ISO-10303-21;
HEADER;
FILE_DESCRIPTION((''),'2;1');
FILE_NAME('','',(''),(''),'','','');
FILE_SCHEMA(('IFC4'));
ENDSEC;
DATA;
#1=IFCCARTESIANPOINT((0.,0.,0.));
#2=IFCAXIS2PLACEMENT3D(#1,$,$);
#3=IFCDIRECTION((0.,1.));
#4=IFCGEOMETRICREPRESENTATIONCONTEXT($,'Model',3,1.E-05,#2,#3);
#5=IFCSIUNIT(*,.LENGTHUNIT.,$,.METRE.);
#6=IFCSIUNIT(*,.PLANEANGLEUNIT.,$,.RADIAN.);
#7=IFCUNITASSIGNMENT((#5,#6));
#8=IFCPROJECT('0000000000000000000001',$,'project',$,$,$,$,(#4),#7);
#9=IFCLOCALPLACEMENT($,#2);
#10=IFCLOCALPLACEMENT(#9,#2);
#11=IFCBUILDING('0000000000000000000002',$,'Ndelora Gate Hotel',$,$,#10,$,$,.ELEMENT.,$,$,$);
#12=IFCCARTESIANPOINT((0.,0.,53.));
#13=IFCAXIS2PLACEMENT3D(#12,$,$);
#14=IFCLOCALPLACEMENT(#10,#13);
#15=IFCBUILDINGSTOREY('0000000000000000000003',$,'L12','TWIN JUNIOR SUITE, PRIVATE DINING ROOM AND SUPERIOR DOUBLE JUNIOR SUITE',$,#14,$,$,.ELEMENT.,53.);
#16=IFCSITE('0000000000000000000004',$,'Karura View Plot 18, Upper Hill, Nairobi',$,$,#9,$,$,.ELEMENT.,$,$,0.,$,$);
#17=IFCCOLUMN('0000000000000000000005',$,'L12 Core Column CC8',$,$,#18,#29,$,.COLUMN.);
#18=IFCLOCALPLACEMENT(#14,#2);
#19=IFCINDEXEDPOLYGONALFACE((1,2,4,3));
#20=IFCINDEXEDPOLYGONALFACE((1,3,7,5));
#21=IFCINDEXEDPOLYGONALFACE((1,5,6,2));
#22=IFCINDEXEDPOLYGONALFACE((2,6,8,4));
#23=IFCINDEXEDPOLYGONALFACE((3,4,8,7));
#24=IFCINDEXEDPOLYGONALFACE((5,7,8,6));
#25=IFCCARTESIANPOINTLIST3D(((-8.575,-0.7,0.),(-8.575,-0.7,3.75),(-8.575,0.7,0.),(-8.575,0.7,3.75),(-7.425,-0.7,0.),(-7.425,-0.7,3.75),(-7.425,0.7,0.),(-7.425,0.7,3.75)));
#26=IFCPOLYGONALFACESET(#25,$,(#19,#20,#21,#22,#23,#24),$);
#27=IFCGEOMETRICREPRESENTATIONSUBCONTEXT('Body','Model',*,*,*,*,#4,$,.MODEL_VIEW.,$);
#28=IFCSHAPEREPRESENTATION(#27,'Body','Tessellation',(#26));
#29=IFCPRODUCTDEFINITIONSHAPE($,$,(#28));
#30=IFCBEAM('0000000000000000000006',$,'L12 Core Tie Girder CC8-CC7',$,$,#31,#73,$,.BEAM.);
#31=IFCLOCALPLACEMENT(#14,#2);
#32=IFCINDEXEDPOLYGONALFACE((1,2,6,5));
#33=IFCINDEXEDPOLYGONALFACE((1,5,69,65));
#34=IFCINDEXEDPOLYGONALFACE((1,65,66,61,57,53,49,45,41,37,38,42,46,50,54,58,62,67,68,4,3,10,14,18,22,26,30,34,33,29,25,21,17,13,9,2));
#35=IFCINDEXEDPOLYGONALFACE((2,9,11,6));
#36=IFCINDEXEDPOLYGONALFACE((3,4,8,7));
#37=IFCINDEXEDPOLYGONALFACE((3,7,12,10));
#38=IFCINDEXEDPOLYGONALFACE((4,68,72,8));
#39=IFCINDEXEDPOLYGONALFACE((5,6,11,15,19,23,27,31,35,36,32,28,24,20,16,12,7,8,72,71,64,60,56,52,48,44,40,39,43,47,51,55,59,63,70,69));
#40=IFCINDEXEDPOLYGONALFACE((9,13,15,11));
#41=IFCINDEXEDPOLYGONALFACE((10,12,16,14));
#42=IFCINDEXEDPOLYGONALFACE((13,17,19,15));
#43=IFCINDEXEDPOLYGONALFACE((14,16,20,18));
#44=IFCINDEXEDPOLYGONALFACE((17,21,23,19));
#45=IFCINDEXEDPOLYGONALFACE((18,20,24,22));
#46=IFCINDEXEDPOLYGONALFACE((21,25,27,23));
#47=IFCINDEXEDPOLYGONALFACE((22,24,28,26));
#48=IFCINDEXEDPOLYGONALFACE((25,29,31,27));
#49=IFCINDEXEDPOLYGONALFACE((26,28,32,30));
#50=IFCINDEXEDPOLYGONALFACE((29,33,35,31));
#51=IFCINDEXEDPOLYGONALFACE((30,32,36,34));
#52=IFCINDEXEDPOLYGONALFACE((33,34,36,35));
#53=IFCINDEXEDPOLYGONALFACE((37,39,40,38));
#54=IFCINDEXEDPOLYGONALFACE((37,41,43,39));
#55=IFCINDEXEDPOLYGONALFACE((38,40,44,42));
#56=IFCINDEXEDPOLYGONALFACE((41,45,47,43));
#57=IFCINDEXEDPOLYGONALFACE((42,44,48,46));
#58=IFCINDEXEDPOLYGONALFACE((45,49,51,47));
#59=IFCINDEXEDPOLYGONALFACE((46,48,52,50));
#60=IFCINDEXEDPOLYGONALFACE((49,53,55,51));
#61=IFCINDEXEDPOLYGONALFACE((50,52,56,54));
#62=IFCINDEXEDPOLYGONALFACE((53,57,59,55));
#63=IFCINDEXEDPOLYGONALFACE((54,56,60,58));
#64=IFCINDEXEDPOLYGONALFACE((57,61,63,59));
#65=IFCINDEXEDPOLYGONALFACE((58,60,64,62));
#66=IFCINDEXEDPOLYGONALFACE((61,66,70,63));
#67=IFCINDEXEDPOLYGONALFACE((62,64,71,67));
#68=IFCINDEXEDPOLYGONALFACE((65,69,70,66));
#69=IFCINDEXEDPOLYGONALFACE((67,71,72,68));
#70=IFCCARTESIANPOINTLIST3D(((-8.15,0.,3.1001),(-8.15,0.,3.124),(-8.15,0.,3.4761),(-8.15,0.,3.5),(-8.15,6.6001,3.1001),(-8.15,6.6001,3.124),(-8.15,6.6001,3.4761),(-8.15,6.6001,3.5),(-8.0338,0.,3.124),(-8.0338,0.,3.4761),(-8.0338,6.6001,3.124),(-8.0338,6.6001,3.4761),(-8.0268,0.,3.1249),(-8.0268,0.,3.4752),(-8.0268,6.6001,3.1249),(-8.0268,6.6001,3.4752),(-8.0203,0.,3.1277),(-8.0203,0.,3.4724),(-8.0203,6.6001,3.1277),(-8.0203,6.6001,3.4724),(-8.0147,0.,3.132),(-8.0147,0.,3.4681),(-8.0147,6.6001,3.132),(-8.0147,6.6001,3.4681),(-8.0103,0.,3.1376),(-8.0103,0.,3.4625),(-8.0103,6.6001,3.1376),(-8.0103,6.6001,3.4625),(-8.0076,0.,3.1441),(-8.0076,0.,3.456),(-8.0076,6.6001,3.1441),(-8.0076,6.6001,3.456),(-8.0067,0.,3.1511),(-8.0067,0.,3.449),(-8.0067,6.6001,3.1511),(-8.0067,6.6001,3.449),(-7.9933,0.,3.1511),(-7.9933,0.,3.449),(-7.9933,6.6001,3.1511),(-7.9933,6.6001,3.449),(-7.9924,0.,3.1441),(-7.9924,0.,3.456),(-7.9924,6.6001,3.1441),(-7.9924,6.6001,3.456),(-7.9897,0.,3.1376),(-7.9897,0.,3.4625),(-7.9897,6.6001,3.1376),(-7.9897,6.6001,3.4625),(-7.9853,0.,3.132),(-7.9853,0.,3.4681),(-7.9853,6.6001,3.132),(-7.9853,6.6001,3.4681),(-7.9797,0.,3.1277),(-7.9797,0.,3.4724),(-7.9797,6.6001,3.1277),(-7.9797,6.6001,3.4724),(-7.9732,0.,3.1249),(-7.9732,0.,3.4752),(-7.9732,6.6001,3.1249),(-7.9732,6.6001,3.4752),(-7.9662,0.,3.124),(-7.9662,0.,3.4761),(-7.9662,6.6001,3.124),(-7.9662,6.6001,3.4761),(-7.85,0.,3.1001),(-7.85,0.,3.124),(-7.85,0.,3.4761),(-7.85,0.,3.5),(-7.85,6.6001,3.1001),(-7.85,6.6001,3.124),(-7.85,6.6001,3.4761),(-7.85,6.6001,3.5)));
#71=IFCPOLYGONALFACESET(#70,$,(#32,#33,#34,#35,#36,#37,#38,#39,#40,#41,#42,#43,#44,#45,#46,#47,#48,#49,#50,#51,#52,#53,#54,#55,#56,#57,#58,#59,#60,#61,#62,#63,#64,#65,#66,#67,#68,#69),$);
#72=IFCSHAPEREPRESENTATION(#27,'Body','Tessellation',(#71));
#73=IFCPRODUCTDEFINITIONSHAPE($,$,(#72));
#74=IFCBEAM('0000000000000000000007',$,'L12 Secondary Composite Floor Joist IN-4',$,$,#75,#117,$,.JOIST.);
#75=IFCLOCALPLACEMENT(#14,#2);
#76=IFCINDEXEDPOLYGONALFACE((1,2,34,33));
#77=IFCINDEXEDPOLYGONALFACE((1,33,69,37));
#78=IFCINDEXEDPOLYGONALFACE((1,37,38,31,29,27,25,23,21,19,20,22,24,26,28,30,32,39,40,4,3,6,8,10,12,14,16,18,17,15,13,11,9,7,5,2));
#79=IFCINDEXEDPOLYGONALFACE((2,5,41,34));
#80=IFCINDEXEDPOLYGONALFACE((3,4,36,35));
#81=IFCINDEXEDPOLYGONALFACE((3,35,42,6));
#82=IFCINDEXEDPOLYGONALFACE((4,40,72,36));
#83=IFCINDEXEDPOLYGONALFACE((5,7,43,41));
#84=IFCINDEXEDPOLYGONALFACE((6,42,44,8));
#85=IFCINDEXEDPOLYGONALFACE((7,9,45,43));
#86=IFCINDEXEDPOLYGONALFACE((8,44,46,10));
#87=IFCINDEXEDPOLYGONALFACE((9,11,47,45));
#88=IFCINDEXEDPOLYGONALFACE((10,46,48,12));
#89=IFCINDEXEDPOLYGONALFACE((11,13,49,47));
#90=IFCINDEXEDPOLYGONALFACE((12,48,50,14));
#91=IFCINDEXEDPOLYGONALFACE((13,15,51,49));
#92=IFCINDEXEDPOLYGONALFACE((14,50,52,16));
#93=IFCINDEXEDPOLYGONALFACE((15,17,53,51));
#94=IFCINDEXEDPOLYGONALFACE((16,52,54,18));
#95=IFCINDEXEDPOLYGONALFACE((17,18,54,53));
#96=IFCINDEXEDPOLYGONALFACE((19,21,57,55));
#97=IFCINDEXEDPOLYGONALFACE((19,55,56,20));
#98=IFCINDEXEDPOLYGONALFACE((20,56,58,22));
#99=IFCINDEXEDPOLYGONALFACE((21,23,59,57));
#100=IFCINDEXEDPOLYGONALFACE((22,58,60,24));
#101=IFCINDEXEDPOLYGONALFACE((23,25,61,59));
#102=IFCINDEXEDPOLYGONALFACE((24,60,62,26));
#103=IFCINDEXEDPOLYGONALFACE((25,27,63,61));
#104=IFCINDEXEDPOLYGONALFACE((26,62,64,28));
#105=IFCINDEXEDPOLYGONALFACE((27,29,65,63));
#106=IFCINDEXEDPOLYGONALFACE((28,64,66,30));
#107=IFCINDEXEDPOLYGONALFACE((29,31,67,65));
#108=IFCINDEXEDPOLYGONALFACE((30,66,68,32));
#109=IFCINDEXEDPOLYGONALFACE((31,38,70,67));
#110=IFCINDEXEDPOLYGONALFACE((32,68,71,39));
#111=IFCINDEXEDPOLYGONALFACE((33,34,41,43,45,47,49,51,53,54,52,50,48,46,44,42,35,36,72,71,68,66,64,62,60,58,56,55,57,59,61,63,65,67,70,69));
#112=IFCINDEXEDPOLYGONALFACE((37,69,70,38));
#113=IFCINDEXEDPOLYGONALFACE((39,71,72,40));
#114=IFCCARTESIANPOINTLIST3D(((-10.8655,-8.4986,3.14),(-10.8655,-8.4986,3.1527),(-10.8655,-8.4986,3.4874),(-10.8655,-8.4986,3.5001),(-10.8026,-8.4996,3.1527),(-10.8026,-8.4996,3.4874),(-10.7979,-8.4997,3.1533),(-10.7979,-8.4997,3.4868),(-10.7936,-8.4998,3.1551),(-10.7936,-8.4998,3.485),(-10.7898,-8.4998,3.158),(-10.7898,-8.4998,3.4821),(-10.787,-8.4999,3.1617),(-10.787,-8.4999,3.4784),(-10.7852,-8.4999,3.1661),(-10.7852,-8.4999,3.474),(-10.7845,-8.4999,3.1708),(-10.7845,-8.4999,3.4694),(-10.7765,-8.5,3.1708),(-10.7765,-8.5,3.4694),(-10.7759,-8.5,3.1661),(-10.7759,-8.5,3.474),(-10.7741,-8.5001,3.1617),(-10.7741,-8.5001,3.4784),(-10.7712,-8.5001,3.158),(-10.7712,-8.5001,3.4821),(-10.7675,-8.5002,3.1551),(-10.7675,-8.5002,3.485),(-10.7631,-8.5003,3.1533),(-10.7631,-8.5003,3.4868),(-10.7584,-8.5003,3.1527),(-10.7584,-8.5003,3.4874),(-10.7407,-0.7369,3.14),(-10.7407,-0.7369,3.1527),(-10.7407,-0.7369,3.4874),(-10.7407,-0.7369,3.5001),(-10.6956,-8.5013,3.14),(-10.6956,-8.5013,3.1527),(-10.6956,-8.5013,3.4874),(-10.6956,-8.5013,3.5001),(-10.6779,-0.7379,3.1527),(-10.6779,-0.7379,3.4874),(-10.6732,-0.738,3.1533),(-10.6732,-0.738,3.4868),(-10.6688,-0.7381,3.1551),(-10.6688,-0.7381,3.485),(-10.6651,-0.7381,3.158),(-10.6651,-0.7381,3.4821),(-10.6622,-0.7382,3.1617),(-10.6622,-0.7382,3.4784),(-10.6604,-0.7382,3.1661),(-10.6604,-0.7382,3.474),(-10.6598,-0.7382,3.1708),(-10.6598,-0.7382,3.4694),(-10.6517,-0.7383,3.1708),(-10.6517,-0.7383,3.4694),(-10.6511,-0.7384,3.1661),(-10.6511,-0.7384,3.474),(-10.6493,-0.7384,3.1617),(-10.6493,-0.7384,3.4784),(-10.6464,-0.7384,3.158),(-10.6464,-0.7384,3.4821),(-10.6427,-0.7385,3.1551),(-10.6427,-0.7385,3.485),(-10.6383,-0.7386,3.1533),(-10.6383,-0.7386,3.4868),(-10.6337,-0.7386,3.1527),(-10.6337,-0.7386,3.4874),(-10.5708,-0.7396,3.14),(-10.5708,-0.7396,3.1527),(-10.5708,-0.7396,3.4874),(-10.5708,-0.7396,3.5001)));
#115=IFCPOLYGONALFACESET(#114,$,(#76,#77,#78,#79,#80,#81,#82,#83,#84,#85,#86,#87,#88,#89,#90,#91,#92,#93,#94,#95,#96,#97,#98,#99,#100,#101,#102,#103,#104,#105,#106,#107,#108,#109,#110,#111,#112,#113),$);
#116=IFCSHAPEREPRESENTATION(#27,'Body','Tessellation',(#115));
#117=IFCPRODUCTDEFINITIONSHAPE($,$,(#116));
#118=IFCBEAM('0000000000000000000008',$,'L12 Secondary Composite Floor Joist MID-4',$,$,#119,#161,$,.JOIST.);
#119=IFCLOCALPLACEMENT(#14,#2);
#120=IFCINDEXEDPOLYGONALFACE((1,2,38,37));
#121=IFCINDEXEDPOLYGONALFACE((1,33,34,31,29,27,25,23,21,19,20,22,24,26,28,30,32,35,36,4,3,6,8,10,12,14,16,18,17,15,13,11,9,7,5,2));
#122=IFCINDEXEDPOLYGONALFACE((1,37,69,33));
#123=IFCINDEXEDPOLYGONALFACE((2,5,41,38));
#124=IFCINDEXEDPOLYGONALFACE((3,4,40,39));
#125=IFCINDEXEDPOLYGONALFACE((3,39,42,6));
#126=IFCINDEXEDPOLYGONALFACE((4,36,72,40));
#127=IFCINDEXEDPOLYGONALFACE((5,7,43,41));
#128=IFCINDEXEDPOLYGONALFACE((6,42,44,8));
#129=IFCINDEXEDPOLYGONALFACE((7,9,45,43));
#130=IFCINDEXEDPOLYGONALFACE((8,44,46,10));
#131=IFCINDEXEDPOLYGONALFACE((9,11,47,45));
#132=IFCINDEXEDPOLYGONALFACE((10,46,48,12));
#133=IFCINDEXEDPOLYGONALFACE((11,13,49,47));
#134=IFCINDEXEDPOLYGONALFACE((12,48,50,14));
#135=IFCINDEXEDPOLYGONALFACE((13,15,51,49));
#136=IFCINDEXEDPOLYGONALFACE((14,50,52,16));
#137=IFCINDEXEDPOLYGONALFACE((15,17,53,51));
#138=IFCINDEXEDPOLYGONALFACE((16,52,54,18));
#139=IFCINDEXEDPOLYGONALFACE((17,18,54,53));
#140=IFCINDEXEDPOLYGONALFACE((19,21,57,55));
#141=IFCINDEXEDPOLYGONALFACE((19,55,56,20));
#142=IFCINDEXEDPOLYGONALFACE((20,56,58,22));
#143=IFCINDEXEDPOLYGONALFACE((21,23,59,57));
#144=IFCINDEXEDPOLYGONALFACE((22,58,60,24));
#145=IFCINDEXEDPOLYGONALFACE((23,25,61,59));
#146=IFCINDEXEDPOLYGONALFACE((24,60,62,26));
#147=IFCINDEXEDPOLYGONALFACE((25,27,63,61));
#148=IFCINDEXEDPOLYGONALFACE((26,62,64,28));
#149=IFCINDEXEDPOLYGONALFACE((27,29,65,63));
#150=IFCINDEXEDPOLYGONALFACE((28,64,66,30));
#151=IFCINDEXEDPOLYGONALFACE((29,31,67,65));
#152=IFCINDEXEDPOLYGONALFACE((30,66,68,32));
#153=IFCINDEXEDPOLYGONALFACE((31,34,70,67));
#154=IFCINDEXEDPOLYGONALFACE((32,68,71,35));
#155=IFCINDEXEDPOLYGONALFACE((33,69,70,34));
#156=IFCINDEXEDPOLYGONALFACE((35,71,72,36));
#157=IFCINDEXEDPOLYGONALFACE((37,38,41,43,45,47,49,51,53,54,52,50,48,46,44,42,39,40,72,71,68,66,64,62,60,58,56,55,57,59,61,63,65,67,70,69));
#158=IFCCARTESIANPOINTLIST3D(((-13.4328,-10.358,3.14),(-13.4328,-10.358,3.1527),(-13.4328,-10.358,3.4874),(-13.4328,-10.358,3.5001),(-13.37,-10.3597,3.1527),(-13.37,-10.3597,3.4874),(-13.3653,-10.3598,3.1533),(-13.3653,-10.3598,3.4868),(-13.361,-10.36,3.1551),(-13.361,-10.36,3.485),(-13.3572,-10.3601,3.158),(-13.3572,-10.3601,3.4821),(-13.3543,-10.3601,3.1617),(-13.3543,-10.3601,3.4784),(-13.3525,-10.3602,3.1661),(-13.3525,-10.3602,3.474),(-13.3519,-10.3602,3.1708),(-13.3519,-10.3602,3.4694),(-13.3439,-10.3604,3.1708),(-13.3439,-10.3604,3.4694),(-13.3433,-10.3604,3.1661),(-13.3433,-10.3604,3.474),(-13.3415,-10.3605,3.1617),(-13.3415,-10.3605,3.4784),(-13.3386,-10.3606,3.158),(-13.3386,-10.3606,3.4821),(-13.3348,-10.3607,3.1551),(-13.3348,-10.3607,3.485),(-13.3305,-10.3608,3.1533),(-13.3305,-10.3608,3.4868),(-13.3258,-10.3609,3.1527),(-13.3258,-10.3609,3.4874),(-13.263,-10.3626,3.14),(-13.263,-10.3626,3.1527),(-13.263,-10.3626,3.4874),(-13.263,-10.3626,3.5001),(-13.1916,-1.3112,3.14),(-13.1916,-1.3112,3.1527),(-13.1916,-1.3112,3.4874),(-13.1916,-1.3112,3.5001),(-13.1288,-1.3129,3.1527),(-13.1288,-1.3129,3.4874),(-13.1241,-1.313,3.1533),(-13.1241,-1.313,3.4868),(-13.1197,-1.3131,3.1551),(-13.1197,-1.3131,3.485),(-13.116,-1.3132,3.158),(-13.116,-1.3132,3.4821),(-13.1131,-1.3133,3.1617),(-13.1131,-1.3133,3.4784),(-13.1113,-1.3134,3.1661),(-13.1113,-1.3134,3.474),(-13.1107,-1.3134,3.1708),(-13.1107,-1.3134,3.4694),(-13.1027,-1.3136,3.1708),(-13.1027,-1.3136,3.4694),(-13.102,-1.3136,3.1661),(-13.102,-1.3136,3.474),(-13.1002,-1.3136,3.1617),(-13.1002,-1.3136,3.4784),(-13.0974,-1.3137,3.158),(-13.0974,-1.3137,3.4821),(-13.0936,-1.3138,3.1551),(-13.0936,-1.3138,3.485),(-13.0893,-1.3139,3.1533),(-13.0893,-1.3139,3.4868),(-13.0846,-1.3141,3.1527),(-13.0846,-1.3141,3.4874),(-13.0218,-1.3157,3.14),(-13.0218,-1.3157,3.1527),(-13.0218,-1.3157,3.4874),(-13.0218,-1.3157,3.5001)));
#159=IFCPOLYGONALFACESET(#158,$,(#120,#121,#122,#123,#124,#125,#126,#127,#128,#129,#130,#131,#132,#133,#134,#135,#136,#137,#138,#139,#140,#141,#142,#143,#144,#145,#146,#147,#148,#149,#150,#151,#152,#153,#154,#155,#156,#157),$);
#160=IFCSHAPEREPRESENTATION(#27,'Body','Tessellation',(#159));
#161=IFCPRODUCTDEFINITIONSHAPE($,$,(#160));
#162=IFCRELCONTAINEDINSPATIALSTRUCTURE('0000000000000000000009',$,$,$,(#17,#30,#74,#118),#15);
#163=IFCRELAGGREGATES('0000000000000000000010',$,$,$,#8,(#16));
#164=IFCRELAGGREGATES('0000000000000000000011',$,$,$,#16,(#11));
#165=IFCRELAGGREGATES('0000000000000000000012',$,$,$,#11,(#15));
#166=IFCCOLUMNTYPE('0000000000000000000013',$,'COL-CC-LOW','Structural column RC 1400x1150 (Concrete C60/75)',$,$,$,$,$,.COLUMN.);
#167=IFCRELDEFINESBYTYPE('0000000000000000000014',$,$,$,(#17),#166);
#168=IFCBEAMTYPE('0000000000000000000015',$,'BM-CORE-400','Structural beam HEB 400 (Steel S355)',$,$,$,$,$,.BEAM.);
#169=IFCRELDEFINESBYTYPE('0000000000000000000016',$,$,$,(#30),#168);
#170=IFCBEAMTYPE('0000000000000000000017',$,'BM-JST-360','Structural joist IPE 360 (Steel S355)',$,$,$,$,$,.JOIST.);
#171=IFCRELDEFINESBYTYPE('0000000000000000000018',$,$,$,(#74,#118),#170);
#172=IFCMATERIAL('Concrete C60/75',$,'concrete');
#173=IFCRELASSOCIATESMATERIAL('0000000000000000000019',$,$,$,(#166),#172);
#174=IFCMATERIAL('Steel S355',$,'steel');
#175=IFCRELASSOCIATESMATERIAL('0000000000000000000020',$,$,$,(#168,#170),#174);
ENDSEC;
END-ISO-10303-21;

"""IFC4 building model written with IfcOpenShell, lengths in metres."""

from ifc_helpers import new_model, si_unit, direction, frame, origin, origin_2d, place, context, subcontext, project, spatial, rectangle, i_section, extrude, material, material_profile, profile_set, type_object, element, save


model = new_model("IFC4")

# Units and contexts
model_context = context("Model", 3, precision=1e-05, world=origin(), true_north=direction((0.0, 1.0)))
body_context = subcontext(model_context, "Body", "Model", "MODEL_VIEW")
ifc_project = project(units=[si_unit("LENGTHUNIT", "METRE"), si_unit("PLANEANGLEUNIT", "RADIAN")], contexts=[model_context])

# Site, building, storey
site_placement = place(None, origin())
site = spatial("IfcSite", under=ifc_project, at=site_placement, Name="Karura View Plot 18, Upper Hill, Nairobi", CompositionType="ELEMENT", RefElevation=0.0)
building_placement = place(site_placement, origin())
building = spatial("IfcBuilding", under=site, at=building_placement, Name="Ndelora Gate Hotel", CompositionType="ELEMENT")
storey_placement = place(building_placement, frame((0.0, 0.0, 53.0)))
storey = spatial("IfcBuildingStorey", under=building, at=storey_placement, Name="L12", Description="TWIN JUNIOR SUITE, PRIVATE DINING ROOM AND SUPERIOR DOUBLE JUNIOR SUITE", CompositionType="ELEMENT", Elevation=53.0)

# Column
ifc_material_1 = material(Name="Concrete C60/75", Category="concrete")
ifc_material_profile_1 = material_profile(ifc_material_1, rectangle(XDim=1.1499, YDim=1.3999, at=origin_2d()), Name="RC 1400x1150")
ifc_profile_set_1 = profile_set([ifc_material_profile_1], Name="Concrete C60/75")
column_type = type_object("IfcColumnType", Name="COL-CC-LOW", Description="Structural column RC 1400x1150 (Concrete C60/75)", PredefinedType="COLUMN", material=ifc_profile_set_1)
column_placement = place(storey_placement, frame((-8.0, 0.0, 0.0), z_axis=(0.0, 0.0, 1.0), x_axis=(1.0, 0.0, 0.0)))
element("IfcColumn", 1, at=column_placement, inside=storey, type_object=column_type, Name="L12 Core Column CC8", PredefinedType="COLUMN", context=body_context, shape_type="SweptSolid", body=[
    extrude(rectangle(XDim=1.1499, YDim=1.3999, at=origin_2d()), origin(), (0.0, 0.0, 1.0), 3.75),
])

# Beams
ifc_material_2 = material(Name="Steel S355", Category="steel")
ifc_material_profile_2 = material_profile(ifc_material_2, i_section(OverallWidth=0.3, OverallDepth=0.3999, WebThickness=0.0134, FlangeThickness=0.0239, FilletRadius=0.0271, at=origin_2d()), Name="HEB 400")
ifc_profile_set_2 = profile_set([ifc_material_profile_2], Name="Steel S355")
beam_type_1 = type_object("IfcBeamType", Name="BM-CORE-400", Description="Structural beam HEB 400 (Steel S355)", PredefinedType="BEAM", material=ifc_profile_set_2)
beam_1_placement = place(storey_placement, frame((-8.0, 0.0, 3.3), z_axis=(0.0, 1.0, 0.0), x_axis=(-1.0, 0.0, 0.0)))
element("IfcBeam", 2, at=beam_1_placement, inside=storey, type_object=beam_type_1, Name="L12 Core Tie Girder CC8-CC7", PredefinedType="BEAM", context=body_context, shape_type="SweptSolid", body=[
    extrude(i_section(OverallWidth=0.3, OverallDepth=0.3999, WebThickness=0.0134, FlangeThickness=0.0239, FilletRadius=0.0271, at=origin_2d()), origin(), (0.0, 0.0, 1.0), 6.6001),
])
ifc_material_profile_3 = material_profile(ifc_material_2, i_section(OverallWidth=0.1699, OverallDepth=0.3601, WebThickness=0.0081, FlangeThickness=0.0127, FilletRadius=0.0181, at=origin_2d()), Name="IPE 360")
ifc_profile_set_3 = profile_set([ifc_material_profile_3], Name="Steel S355")
beam_type_2 = type_object("IfcBeamType", Name="BM-JST-360", Description="Structural joist IPE 360 (Steel S355)", PredefinedType="JOIST", material=ifc_profile_set_3)
beam_2_placement = place(storey_placement, frame((-10.6558, -0.7383, 3.3201), z_axis=(-0.016071, -0.999871, 0.0), x_axis=(0.999871, -0.016071, 0.0)))
element("IfcBeam", 3, at=beam_2_placement, inside=storey, type_object=beam_type_2, Name="L12 Secondary Composite Floor Joist IN-4", PredefinedType="JOIST", context=body_context, shape_type="SweptSolid", body=[
    extrude(i_section(OverallWidth=0.1699, OverallDepth=0.3601, WebThickness=0.0081, FlangeThickness=0.0127, FilletRadius=0.0181, at=origin_2d()), origin(), (0.0, 0.0, 1.0), 7.7627),
])
beam_3_placement = place(storey_placement, frame((-13.1067, -1.3135, 3.3201), z_axis=(-0.026653, -0.999645, 0.0), x_axis=(0.999645, -0.026653, 0.0)))
element("IfcBeam", 4, at=beam_3_placement, inside=storey, type_object=beam_type_2, Name="L12 Secondary Composite Floor Joist MID-4", PredefinedType="JOIST", context=body_context, shape_type="SweptSolid", body=[
    extrude(i_section(OverallWidth=0.1699, OverallDepth=0.3601, WebThickness=0.0081, FlangeThickness=0.0127, FilletRadius=0.0181, at=origin_2d()), origin(), (0.0, 0.0, 1.0), 9.05),
])

save(model, "model.ifc")
